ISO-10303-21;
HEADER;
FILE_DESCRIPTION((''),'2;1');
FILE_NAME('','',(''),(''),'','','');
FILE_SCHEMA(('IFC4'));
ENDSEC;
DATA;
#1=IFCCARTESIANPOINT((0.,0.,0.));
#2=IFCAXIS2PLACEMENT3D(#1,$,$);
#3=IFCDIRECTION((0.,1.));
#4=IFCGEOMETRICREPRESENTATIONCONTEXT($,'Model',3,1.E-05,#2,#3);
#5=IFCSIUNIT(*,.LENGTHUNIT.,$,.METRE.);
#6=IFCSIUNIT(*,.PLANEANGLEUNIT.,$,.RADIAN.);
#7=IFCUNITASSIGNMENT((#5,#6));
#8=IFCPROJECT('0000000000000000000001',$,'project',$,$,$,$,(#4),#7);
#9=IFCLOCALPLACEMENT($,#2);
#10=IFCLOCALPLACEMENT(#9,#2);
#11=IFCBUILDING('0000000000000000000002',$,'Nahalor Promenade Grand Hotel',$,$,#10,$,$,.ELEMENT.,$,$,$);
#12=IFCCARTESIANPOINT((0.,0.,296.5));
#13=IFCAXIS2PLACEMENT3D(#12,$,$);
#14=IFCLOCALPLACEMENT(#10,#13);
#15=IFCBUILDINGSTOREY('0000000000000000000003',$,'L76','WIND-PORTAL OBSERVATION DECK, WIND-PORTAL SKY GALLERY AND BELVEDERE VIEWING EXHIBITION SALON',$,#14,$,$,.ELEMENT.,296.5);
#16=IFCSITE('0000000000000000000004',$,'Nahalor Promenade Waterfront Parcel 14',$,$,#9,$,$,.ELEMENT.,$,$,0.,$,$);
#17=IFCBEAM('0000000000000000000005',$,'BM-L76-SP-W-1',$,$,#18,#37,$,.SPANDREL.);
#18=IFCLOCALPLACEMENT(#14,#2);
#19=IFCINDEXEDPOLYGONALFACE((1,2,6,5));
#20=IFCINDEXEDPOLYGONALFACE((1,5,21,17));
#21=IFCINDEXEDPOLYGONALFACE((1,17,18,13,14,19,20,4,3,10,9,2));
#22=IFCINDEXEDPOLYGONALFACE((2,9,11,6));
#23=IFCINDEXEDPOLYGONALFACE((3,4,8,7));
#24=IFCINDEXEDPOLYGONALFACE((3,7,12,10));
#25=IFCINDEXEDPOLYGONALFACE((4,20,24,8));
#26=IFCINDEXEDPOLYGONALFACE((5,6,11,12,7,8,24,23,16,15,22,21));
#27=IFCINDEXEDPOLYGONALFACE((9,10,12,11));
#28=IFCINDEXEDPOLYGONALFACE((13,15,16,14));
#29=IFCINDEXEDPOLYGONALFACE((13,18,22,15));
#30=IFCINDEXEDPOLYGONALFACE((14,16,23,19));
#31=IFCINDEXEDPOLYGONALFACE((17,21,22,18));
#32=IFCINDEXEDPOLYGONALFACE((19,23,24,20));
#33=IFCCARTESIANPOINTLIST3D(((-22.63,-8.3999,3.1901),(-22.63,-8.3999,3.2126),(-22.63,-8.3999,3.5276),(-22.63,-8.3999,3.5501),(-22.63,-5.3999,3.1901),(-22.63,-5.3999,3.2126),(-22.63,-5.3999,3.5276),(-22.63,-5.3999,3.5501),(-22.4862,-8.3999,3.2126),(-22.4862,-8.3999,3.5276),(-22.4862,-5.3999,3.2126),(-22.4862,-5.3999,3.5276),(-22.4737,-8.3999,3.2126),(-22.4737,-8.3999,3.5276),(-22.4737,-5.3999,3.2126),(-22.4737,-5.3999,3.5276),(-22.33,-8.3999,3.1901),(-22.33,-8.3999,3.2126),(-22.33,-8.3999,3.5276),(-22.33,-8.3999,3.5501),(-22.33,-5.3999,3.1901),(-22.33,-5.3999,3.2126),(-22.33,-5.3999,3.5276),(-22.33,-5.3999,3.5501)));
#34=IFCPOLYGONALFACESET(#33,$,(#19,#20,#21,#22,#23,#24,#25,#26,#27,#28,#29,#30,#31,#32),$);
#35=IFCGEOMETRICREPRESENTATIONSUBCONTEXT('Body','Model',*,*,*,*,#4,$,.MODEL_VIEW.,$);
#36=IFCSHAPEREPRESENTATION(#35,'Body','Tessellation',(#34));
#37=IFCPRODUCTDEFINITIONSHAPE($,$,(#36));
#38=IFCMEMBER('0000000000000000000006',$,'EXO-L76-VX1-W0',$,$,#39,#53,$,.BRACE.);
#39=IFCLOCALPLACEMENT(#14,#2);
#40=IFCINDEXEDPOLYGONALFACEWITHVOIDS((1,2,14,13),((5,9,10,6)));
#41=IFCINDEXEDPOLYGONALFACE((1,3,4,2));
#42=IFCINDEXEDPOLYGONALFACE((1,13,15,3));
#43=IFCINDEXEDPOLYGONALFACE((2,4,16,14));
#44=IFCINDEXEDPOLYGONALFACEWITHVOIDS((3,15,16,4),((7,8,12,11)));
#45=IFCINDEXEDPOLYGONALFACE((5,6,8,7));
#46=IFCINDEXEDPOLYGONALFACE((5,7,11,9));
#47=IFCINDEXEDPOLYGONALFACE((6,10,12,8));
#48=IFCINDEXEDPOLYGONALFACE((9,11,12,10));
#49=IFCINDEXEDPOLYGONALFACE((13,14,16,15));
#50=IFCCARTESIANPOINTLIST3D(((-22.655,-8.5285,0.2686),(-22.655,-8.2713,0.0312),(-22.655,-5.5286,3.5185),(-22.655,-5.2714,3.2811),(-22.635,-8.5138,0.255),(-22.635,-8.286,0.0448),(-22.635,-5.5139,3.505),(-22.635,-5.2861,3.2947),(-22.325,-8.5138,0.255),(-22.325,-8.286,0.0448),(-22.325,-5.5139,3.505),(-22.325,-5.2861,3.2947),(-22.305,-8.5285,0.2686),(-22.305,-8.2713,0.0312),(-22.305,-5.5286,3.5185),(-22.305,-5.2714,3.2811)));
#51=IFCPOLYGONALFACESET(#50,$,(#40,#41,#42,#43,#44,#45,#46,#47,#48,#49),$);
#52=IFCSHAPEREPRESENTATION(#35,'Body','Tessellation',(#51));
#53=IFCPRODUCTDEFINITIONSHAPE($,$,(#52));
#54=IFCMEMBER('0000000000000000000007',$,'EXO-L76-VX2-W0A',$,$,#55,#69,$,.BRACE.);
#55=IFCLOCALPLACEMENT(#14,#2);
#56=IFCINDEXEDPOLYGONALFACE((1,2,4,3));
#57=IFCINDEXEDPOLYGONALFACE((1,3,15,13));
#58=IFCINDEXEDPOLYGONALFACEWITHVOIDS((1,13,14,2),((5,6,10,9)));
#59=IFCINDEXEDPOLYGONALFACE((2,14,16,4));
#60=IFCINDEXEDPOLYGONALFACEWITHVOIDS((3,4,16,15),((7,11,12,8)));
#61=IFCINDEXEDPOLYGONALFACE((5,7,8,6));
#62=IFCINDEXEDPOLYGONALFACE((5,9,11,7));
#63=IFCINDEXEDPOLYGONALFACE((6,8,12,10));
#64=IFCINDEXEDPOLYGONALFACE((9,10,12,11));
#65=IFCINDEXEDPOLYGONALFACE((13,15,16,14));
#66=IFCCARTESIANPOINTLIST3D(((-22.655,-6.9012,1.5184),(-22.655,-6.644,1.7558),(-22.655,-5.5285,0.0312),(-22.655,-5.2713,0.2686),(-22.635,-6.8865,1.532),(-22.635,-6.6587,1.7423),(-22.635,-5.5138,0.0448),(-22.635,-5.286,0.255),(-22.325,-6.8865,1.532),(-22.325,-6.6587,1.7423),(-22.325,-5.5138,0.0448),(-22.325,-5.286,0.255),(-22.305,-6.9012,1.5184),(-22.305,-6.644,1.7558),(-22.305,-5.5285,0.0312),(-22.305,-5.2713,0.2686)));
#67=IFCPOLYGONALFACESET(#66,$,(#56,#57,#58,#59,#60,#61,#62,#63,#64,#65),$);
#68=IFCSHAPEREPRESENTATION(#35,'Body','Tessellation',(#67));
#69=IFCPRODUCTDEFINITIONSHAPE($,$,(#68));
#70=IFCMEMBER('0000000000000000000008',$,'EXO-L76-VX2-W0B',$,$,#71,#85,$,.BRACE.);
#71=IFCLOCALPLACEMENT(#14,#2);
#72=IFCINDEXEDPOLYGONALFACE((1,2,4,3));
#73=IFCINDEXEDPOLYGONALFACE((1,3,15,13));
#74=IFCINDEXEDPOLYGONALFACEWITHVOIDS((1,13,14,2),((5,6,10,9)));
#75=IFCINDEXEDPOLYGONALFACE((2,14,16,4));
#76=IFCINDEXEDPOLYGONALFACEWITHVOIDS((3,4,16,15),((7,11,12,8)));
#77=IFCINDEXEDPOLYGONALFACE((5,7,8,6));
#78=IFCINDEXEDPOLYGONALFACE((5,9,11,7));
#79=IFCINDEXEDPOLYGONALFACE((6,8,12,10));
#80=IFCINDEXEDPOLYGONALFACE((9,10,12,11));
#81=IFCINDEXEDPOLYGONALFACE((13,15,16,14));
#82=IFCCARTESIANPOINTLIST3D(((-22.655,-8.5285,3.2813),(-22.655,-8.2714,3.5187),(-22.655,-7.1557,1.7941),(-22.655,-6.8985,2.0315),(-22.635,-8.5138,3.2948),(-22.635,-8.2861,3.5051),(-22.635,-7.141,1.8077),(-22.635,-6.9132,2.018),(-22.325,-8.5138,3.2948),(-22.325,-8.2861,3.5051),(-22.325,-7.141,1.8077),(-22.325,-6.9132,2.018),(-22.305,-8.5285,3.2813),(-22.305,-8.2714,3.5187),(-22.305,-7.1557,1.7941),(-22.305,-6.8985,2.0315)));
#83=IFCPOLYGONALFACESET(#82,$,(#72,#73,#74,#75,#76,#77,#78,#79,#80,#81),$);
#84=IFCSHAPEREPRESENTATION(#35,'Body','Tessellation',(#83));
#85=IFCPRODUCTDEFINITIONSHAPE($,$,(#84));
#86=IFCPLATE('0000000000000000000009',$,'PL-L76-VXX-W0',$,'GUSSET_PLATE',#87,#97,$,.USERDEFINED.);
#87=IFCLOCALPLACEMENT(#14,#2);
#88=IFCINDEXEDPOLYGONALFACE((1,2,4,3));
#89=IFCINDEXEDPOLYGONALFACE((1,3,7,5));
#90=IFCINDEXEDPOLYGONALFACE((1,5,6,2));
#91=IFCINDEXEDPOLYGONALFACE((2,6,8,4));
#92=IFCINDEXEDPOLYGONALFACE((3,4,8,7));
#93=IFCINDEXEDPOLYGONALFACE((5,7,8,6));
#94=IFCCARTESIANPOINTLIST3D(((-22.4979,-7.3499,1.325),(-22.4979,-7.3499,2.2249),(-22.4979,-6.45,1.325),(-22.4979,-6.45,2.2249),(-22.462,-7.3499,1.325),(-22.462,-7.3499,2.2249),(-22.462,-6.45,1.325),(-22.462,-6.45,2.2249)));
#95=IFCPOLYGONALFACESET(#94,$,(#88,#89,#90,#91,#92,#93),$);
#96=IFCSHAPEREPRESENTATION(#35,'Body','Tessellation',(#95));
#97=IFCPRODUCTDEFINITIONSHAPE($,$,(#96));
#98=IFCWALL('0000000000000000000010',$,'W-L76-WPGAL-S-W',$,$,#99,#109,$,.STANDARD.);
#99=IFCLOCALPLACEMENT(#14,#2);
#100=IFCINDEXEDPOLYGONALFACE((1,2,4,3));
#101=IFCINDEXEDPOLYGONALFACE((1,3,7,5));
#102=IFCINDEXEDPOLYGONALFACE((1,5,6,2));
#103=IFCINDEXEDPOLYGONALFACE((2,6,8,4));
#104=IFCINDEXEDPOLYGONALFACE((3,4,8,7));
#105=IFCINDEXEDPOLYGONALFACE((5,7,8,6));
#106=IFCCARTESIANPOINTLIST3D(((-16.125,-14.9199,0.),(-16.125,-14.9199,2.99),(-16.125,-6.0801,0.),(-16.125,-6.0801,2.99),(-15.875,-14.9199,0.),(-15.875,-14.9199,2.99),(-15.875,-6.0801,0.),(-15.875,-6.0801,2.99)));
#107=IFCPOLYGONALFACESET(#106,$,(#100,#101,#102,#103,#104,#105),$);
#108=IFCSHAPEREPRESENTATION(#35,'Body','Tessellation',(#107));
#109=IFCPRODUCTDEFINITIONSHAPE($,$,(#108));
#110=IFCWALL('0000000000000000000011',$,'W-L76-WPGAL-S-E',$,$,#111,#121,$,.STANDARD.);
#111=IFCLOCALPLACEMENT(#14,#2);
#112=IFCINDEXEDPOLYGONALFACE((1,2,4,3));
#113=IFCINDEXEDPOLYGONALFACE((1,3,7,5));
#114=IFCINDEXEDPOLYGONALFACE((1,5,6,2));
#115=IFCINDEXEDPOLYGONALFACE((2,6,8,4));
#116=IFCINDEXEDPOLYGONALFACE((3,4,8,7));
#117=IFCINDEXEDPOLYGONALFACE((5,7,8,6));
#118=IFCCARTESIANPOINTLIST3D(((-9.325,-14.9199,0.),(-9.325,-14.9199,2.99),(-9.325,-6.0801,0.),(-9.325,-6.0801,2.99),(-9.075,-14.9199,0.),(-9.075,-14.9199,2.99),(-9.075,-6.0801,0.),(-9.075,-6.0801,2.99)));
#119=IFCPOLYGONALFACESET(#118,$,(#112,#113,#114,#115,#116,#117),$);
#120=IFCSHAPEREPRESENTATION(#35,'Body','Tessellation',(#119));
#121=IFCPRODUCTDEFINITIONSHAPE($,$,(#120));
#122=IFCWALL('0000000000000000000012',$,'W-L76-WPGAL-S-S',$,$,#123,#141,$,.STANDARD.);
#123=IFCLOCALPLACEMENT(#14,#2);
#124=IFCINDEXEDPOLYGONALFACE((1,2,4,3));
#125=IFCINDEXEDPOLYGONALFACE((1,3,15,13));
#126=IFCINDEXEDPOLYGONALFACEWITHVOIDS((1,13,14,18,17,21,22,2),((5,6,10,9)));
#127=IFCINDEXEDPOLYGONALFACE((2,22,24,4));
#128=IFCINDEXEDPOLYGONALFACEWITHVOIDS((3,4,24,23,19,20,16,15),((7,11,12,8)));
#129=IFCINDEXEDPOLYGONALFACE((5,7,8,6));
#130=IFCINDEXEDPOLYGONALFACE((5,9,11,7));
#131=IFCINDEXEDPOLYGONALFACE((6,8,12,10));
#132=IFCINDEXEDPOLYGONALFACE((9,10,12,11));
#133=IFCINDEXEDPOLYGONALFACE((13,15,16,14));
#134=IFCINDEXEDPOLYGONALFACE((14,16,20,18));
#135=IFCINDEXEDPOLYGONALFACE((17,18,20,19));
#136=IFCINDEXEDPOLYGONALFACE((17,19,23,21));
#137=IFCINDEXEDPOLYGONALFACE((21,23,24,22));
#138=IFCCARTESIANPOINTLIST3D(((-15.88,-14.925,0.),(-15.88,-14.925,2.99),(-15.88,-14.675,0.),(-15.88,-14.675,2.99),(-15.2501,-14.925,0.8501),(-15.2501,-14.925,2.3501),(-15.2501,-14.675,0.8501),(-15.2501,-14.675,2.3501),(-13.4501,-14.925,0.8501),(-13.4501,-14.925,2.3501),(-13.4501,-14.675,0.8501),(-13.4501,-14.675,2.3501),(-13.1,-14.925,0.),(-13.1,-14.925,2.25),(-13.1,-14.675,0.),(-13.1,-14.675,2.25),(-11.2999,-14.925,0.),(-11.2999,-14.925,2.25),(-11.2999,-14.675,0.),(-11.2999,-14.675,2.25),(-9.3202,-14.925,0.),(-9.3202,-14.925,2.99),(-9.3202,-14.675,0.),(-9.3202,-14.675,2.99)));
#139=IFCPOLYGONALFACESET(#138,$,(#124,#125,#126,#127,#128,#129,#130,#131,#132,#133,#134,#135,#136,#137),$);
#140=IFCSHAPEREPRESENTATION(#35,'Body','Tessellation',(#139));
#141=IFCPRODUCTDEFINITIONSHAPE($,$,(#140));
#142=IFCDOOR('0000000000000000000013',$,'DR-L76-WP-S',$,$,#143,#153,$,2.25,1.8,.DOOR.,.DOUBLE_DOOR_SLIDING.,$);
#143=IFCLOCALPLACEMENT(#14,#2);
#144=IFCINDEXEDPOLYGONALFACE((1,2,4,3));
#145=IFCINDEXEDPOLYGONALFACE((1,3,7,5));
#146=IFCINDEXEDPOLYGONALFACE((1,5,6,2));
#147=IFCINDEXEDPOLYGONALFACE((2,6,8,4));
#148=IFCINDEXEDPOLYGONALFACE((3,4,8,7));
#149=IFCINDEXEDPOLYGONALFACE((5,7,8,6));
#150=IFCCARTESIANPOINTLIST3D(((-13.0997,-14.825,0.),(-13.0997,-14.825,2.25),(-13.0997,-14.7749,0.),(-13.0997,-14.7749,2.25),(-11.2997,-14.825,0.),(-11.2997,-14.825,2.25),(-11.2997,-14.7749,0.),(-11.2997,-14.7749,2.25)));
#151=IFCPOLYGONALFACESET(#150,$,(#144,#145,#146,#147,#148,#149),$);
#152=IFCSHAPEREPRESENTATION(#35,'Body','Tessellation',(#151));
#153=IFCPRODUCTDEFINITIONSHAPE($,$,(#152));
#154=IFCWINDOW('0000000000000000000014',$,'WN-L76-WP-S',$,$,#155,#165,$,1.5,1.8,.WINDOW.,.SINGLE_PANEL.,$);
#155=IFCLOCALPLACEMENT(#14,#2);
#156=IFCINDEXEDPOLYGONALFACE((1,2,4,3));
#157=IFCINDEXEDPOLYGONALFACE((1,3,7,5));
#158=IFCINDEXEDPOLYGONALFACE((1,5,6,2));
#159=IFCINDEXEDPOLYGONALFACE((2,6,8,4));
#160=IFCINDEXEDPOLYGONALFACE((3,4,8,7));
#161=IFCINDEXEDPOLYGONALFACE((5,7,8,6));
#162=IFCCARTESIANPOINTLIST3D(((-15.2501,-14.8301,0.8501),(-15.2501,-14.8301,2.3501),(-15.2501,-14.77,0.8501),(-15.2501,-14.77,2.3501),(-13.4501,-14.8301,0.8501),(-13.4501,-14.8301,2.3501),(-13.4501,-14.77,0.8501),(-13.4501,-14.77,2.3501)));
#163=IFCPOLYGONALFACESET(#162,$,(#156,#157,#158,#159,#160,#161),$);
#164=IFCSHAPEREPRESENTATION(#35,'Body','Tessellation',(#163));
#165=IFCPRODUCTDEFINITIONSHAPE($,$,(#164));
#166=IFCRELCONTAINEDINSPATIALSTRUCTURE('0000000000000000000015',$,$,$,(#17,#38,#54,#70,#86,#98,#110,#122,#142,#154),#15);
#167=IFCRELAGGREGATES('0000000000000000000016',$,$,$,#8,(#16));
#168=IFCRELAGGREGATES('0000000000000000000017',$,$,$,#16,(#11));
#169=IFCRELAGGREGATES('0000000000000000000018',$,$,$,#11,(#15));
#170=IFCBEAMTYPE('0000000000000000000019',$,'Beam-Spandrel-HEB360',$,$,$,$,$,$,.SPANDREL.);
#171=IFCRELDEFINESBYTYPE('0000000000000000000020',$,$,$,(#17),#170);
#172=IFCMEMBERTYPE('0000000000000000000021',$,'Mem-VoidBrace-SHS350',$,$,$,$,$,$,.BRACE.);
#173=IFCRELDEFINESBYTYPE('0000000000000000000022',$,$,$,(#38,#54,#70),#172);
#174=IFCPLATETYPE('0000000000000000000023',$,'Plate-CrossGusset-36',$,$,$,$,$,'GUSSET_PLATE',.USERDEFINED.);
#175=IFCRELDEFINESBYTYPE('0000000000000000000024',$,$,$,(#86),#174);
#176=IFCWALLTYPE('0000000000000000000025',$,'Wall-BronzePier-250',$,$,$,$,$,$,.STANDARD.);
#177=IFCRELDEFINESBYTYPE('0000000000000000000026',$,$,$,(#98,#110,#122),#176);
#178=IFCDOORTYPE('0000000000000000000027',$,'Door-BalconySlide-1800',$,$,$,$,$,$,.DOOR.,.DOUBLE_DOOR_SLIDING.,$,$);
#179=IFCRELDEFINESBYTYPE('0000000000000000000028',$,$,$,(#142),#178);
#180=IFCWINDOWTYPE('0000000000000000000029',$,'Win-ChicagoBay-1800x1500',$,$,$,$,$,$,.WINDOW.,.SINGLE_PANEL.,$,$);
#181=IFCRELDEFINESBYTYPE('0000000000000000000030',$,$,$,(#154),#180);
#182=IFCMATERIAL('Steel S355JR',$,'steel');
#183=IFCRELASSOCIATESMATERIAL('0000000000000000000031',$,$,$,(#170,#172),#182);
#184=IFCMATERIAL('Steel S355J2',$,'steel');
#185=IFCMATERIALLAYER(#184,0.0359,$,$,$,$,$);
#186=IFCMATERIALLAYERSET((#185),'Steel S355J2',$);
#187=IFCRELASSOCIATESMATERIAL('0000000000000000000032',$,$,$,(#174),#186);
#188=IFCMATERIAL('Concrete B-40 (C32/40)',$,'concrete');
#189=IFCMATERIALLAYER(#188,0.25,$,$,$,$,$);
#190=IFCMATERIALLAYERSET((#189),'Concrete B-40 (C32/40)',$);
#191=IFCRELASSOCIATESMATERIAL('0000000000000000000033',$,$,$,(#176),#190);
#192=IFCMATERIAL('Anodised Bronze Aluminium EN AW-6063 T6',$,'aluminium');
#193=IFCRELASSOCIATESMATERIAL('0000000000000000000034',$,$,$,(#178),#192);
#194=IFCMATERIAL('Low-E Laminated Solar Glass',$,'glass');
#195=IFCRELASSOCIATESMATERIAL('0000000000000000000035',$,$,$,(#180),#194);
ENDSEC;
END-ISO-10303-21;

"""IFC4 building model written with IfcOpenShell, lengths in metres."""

from ifc_helpers import new_model, si_unit, direction, frame, frame_2d, origin, origin_2d, place, context, subcontext, project, spatial, rectangle, hollow_rectangle, i_section, extrude, source, transform, mapped, material, layer, layer_set, material_profile, profile_set, type_object, element, fill, save


model = new_model("IFC4")

# Units and contexts
model_context = context("Model", 3, precision=1e-05, world=origin(), true_north=direction((0.0, 1.0)))
body_context = subcontext(model_context, "Body", "Model", "MODEL_VIEW")
ifc_project = project(units=[si_unit("LENGTHUNIT", "METRE"), si_unit("PLANEANGLEUNIT", "RADIAN")], contexts=[model_context])

# Site, building, storey
site_placement = place(None, origin())
site = spatial("IfcSite", under=ifc_project, at=site_placement, Name="Nahalor Promenade Waterfront Parcel 14", CompositionType="ELEMENT", RefElevation=0.0)
building_placement = place(site_placement, origin())
building = spatial("IfcBuilding", under=site, at=building_placement, Name="Nahalor Promenade Grand Hotel", CompositionType="ELEMENT")
storey_placement = place(building_placement, frame((0.0, 0.0, 296.5)))
storey = spatial("IfcBuildingStorey", under=building, at=storey_placement, Name="L76", Description="WIND-PORTAL OBSERVATION DECK, WIND-PORTAL SKY GALLERY AND BELVEDERE VIEWING EXHIBITION SALON", CompositionType="ELEMENT", Elevation=296.5)

# Shared definitions
ifc_material_1 = material(Name="Steel S355JR", Category="steel")

# Beam
ifc_material_profile_1 = material_profile(ifc_material_1, i_section(OverallWidth=0.3, OverallDepth=0.36, WebThickness=0.0125, FlangeThickness=0.0225, at=origin_2d()), Name="HEB 360")
ifc_profile_set_1 = profile_set([ifc_material_profile_1], Name="Steel S355JR")
beam_type_1 = type_object("IfcBeamType", Name="Beam-Spandrel-HEB360", PredefinedType="SPANDREL", material=ifc_profile_set_1)
shared_shape_1 = source(origin(), body_context, "Body", "SweptSolid", [
    extrude(i_section(OverallWidth=0.3, OverallDepth=0.36, WebThickness=0.0125, FlangeThickness=0.0225, at=origin_2d()), origin(), (0.0, 0.0, 1.0), 3.0),
])
beam_1_placement = place(storey_placement, frame((-22.48, -8.3999, 3.3701), z_axis=(0.0, 1.0, 0.0), x_axis=(-1.0, 0.0, 0.0)))
element("IfcBeam", 1, at=beam_1_placement, inside=storey, type_object=beam_type_1, Name="BM-L76-SP-W-1", PredefinedType="SPANDREL", context=body_context, shape_type="MappedRepresentation", body=[
    mapped(shared_shape_1, transform((0.0, 0.0, 0.0), scale=1.0)),
])

# Members
ifc_material_profile_2 = material_profile(ifc_material_1, hollow_rectangle(XDim=0.35, YDim=0.35, WallThickness=0.02, at=origin_2d()), Name="SHS 350x350x20")
ifc_profile_set_2 = profile_set([ifc_material_profile_2], Name="Steel S355JR")
member_type = type_object("IfcMemberType", Name="Mem-VoidBrace-SHS350", PredefinedType="BRACE", material=ifc_profile_set_2)
shared_shape_2 = source(origin(), body_context, "Body", "SweptSolid", [
    extrude(hollow_rectangle(XDim=0.35, YDim=0.35, WallThickness=0.02, at=origin_2d()), origin(), (0.0, 0.0, 1.0), 4.4229),
])
member_placement = place(storey_placement, frame((-22.48, -8.3999, 0.1499), z_axis=(0.0, 0.67828, 0.734803), x_axis=(-1.0, 0.0, 0.0)))
element("IfcMember", 2, at=member_placement, inside=storey, type_object=member_type, Name="EXO-L76-VX1-W0", PredefinedType="BRACE", context=body_context, shape_type="MappedRepresentation", body=[
    mapped(shared_shape_2, transform((0.0, 0.0, 0.0), scale=1.0)),
])
shared_shape_3 = source(origin(), body_context, "Body", "SweptSolid", [
    extrude(hollow_rectangle(XDim=0.35, YDim=0.35, WallThickness=0.02, at=origin_2d()), origin(), (0.0, 0.0, 1.0), 2.0239),
])
for number, where, z_axis, x_axis, name in (
    (3, (-22.48, -5.3999, 0.1499), (0.0, -0.678255, 0.734827), (1.0, 0.0, 0.0), "EXO-L76-VX2-W0A"),
    (4, (-22.48, -7.0271, 1.9128), (0.0, -0.678315, 0.734771), (1.0, 0.0, 0.0), "EXO-L76-VX2-W0B"),
):
    element("IfcMember", number, at=place(storey_placement, frame(where, z_axis=z_axis, x_axis=x_axis)), inside=storey, type_object=member_type, Name=name, PredefinedType="BRACE", context=body_context, shape_type="MappedRepresentation", body=[
        mapped(shared_shape_3, transform((0.0, 0.0, 0.0), scale=1.0)),
    ])

# Plate
ifc_material_2 = material(Name="Steel S355J2", Category="steel")
ifc_layer_1 = layer(ifc_material_2, 0.0359)
ifc_layer_set_1 = layer_set([ifc_layer_1], Name="Steel S355J2")
plate_type = type_object("IfcPlateType", Name="Plate-CrossGusset-36", ElementType="GUSSET_PLATE", PredefinedType="USERDEFINED", material=ifc_layer_set_1)
shared_shape_4 = source(origin(), body_context, "Body", "SweptSolid", [
    extrude(rectangle(XDim=0.8999, YDim=0.0359, at=origin_2d()), origin(), (0.0, 0.0, 1.0), 0.8999),
])
plate_placement = place(storey_placement, frame((-22.48, -6.8999, 1.325), z_axis=(0.0, 0.0, 1.0), x_axis=(0.0, 1.0, 0.0)))
element("IfcPlate", 5, at=plate_placement, inside=storey, type_object=plate_type, Name="PL-L76-VXX-W0", ObjectType="GUSSET_PLATE", PredefinedType="USERDEFINED", context=body_context, shape_type="MappedRepresentation", body=[
    mapped(shared_shape_4, transform((0.0, 0.0, 0.0), scale=1.0)),
])

# Walls
ifc_material_3 = material(Name="Concrete B-40 (C32/40)", Category="concrete")
ifc_layer_2 = layer(ifc_material_3, 0.25)
ifc_layer_set_2 = layer_set([ifc_layer_2], Name="Concrete B-40 (C32/40)")
wall_type_1 = type_object("IfcWallType", Name="Wall-BronzePier-250", PredefinedType="STANDARD", material=ifc_layer_set_2)
shared_shape_5 = source(origin(), body_context, "Body", "SweptSolid", [
    extrude(rectangle(XDim=8.8398, YDim=0.25, at=frame_2d((4.4199, 0.0))), origin(), (0.0, 0.0, 1.0), 2.99),
])
for number, where, z_axis, x_axis, name in (
    (6, (-16.0, -14.9199, 0.0), (0.0, 0.0, 1.0), (0.0, 1.0, 0.0), "W-L76-WPGAL-S-W"),
    (7, (-9.2, -14.9199, 0.0), (0.0, 0.0, 1.0), (0.0, 1.0, 0.0), "W-L76-WPGAL-S-E"),
):
    element("IfcWall", number, at=place(storey_placement, frame(where, z_axis=z_axis, x_axis=x_axis)), inside=storey, type_object=wall_type_1, Name=name, PredefinedType="STANDARD", context=body_context, shape_type="MappedRepresentation", body=[
        mapped(shared_shape_5, transform((0.0, 0.0, 0.0), scale=1.0)),
    ])

# Wall, openings, door, window
shared_shape_6 = source(origin(), body_context, "Body", "SweptSolid", [
    extrude(rectangle(XDim=6.5598, YDim=0.25, at=frame_2d((3.2798, 0.0))), origin(), (0.0, 0.0, 1.0), 2.99),
])
wall_1_placement = place(storey_placement, frame((-15.8799, -14.8, 0.0), z_axis=(0.0, 0.0, 1.0), x_axis=(1.0, 0.0, 0.0)))
wall_1 = element("IfcWall", 8, at=wall_1_placement, inside=storey, type_object=wall_type_1, Name="W-L76-WPGAL-S-S", PredefinedType="STANDARD", context=body_context, shape_type="MappedRepresentation", body=[
    mapped(shared_shape_6, transform((0.0, 0.0, 0.0), scale=1.0)),
])
opening_1_placement = place(wall_1_placement, frame((2.78, 0.0, 0.0)))
opening_1 = element("IfcOpeningElement", 9, at=opening_1_placement, cuts=wall_1, PredefinedType="OPENING", context=body_context, shape_type="SweptSolid", body=[
    extrude(rectangle(XDim=1.8, YDim=2.25, at=frame_2d((0.8999, 1.125))), frame((0.0, 0.135, 0.0), z_axis=(0.0, -1.0, 0.0), x_axis=(1.0, 0.0, 0.0)), (0.0, 0.0, 1.0), 0.27),
])
opening_2_placement = place(wall_1_placement, frame((0.6299, 0.0, 0.8501)))
opening_2 = element("IfcOpeningElement", 10, at=opening_2_placement, cuts=wall_1, PredefinedType="OPENING", context=body_context, shape_type="SweptSolid", body=[
    extrude(rectangle(XDim=1.8, YDim=1.5, at=frame_2d((0.8999, 0.75))), frame((0.0, 0.135, 0.0), z_axis=(0.0, -1.0, 0.0), x_axis=(1.0, 0.0, 0.0)), (0.0, 0.0, 1.0), 0.27),
])
ifc_material_4 = material(Name="Anodised Bronze Aluminium EN AW-6063 T6", Category="aluminium")
door_type_1 = type_object("IfcDoorType", Name="Door-BalconySlide-1800", OperationType="DOUBLE_DOOR_SLIDING", PredefinedType="DOOR", material=ifc_material_4)
shared_shape_7 = source(origin(), body_context, "Body", "SweptSolid", [
    extrude(rectangle(XDim=1.8, YDim=2.25, at=frame_2d((0.8999, 1.125))), frame((0.0, 0.0249, 0.0), z_axis=(0.0, -1.0, 0.0), x_axis=(1.0, 0.0, 0.0)), (0.0, 0.0, 1.0), 0.05),
])
door_1_placement = place(opening_1_placement, frame((1.8, 0.0, 0.0), z_axis=(0.0, 0.0, 1.0), x_axis=(-1.0, 0.0, 0.0)))
door_1 = element("IfcDoor", 11, at=door_1_placement, inside=storey, type_object=door_type_1, Name="DR-L76-WP-S", OperationType="DOUBLE_DOOR_SLIDING", OverallHeight=2.25, OverallWidth=1.8, PredefinedType="DOOR", context=body_context, shape_type="MappedRepresentation", body=[
    mapped(shared_shape_7, transform((0.0, 0.0, 0.0), scale=1.0)),
])
fill(opening_1, door_1)
ifc_material_5 = material(Name="Low-E Laminated Solar Glass", Category="glass")
window_type = type_object("IfcWindowType", Name="Win-ChicagoBay-1800x1500", PartitioningType="SINGLE_PANEL", PredefinedType="WINDOW", material=ifc_material_5)
shared_shape_8 = source(origin(), body_context, "Body", "SweptSolid", [
    extrude(rectangle(XDim=1.8, YDim=1.5, at=frame_2d((0.8999, 0.75))), frame((0.0, 0.03, 0.0), z_axis=(0.0, -1.0, 0.0), x_axis=(1.0, 0.0, 0.0)), (0.0, 0.0, 1.0), 0.0601),
])
window_placement = place(opening_2_placement, origin())
window = element("IfcWindow", 12, at=window_placement, inside=storey, type_object=window_type, Name="WN-L76-WP-S", OverallHeight=1.5, OverallWidth=1.8, PartitioningType="SINGLE_PANEL", PredefinedType="WINDOW", context=body_context, shape_type="MappedRepresentation", body=[
    mapped(shared_shape_8, transform((0.0, 0.0, 0.0), scale=1.0)),
])
fill(opening_2, window)

save(model, "model.ifc")
